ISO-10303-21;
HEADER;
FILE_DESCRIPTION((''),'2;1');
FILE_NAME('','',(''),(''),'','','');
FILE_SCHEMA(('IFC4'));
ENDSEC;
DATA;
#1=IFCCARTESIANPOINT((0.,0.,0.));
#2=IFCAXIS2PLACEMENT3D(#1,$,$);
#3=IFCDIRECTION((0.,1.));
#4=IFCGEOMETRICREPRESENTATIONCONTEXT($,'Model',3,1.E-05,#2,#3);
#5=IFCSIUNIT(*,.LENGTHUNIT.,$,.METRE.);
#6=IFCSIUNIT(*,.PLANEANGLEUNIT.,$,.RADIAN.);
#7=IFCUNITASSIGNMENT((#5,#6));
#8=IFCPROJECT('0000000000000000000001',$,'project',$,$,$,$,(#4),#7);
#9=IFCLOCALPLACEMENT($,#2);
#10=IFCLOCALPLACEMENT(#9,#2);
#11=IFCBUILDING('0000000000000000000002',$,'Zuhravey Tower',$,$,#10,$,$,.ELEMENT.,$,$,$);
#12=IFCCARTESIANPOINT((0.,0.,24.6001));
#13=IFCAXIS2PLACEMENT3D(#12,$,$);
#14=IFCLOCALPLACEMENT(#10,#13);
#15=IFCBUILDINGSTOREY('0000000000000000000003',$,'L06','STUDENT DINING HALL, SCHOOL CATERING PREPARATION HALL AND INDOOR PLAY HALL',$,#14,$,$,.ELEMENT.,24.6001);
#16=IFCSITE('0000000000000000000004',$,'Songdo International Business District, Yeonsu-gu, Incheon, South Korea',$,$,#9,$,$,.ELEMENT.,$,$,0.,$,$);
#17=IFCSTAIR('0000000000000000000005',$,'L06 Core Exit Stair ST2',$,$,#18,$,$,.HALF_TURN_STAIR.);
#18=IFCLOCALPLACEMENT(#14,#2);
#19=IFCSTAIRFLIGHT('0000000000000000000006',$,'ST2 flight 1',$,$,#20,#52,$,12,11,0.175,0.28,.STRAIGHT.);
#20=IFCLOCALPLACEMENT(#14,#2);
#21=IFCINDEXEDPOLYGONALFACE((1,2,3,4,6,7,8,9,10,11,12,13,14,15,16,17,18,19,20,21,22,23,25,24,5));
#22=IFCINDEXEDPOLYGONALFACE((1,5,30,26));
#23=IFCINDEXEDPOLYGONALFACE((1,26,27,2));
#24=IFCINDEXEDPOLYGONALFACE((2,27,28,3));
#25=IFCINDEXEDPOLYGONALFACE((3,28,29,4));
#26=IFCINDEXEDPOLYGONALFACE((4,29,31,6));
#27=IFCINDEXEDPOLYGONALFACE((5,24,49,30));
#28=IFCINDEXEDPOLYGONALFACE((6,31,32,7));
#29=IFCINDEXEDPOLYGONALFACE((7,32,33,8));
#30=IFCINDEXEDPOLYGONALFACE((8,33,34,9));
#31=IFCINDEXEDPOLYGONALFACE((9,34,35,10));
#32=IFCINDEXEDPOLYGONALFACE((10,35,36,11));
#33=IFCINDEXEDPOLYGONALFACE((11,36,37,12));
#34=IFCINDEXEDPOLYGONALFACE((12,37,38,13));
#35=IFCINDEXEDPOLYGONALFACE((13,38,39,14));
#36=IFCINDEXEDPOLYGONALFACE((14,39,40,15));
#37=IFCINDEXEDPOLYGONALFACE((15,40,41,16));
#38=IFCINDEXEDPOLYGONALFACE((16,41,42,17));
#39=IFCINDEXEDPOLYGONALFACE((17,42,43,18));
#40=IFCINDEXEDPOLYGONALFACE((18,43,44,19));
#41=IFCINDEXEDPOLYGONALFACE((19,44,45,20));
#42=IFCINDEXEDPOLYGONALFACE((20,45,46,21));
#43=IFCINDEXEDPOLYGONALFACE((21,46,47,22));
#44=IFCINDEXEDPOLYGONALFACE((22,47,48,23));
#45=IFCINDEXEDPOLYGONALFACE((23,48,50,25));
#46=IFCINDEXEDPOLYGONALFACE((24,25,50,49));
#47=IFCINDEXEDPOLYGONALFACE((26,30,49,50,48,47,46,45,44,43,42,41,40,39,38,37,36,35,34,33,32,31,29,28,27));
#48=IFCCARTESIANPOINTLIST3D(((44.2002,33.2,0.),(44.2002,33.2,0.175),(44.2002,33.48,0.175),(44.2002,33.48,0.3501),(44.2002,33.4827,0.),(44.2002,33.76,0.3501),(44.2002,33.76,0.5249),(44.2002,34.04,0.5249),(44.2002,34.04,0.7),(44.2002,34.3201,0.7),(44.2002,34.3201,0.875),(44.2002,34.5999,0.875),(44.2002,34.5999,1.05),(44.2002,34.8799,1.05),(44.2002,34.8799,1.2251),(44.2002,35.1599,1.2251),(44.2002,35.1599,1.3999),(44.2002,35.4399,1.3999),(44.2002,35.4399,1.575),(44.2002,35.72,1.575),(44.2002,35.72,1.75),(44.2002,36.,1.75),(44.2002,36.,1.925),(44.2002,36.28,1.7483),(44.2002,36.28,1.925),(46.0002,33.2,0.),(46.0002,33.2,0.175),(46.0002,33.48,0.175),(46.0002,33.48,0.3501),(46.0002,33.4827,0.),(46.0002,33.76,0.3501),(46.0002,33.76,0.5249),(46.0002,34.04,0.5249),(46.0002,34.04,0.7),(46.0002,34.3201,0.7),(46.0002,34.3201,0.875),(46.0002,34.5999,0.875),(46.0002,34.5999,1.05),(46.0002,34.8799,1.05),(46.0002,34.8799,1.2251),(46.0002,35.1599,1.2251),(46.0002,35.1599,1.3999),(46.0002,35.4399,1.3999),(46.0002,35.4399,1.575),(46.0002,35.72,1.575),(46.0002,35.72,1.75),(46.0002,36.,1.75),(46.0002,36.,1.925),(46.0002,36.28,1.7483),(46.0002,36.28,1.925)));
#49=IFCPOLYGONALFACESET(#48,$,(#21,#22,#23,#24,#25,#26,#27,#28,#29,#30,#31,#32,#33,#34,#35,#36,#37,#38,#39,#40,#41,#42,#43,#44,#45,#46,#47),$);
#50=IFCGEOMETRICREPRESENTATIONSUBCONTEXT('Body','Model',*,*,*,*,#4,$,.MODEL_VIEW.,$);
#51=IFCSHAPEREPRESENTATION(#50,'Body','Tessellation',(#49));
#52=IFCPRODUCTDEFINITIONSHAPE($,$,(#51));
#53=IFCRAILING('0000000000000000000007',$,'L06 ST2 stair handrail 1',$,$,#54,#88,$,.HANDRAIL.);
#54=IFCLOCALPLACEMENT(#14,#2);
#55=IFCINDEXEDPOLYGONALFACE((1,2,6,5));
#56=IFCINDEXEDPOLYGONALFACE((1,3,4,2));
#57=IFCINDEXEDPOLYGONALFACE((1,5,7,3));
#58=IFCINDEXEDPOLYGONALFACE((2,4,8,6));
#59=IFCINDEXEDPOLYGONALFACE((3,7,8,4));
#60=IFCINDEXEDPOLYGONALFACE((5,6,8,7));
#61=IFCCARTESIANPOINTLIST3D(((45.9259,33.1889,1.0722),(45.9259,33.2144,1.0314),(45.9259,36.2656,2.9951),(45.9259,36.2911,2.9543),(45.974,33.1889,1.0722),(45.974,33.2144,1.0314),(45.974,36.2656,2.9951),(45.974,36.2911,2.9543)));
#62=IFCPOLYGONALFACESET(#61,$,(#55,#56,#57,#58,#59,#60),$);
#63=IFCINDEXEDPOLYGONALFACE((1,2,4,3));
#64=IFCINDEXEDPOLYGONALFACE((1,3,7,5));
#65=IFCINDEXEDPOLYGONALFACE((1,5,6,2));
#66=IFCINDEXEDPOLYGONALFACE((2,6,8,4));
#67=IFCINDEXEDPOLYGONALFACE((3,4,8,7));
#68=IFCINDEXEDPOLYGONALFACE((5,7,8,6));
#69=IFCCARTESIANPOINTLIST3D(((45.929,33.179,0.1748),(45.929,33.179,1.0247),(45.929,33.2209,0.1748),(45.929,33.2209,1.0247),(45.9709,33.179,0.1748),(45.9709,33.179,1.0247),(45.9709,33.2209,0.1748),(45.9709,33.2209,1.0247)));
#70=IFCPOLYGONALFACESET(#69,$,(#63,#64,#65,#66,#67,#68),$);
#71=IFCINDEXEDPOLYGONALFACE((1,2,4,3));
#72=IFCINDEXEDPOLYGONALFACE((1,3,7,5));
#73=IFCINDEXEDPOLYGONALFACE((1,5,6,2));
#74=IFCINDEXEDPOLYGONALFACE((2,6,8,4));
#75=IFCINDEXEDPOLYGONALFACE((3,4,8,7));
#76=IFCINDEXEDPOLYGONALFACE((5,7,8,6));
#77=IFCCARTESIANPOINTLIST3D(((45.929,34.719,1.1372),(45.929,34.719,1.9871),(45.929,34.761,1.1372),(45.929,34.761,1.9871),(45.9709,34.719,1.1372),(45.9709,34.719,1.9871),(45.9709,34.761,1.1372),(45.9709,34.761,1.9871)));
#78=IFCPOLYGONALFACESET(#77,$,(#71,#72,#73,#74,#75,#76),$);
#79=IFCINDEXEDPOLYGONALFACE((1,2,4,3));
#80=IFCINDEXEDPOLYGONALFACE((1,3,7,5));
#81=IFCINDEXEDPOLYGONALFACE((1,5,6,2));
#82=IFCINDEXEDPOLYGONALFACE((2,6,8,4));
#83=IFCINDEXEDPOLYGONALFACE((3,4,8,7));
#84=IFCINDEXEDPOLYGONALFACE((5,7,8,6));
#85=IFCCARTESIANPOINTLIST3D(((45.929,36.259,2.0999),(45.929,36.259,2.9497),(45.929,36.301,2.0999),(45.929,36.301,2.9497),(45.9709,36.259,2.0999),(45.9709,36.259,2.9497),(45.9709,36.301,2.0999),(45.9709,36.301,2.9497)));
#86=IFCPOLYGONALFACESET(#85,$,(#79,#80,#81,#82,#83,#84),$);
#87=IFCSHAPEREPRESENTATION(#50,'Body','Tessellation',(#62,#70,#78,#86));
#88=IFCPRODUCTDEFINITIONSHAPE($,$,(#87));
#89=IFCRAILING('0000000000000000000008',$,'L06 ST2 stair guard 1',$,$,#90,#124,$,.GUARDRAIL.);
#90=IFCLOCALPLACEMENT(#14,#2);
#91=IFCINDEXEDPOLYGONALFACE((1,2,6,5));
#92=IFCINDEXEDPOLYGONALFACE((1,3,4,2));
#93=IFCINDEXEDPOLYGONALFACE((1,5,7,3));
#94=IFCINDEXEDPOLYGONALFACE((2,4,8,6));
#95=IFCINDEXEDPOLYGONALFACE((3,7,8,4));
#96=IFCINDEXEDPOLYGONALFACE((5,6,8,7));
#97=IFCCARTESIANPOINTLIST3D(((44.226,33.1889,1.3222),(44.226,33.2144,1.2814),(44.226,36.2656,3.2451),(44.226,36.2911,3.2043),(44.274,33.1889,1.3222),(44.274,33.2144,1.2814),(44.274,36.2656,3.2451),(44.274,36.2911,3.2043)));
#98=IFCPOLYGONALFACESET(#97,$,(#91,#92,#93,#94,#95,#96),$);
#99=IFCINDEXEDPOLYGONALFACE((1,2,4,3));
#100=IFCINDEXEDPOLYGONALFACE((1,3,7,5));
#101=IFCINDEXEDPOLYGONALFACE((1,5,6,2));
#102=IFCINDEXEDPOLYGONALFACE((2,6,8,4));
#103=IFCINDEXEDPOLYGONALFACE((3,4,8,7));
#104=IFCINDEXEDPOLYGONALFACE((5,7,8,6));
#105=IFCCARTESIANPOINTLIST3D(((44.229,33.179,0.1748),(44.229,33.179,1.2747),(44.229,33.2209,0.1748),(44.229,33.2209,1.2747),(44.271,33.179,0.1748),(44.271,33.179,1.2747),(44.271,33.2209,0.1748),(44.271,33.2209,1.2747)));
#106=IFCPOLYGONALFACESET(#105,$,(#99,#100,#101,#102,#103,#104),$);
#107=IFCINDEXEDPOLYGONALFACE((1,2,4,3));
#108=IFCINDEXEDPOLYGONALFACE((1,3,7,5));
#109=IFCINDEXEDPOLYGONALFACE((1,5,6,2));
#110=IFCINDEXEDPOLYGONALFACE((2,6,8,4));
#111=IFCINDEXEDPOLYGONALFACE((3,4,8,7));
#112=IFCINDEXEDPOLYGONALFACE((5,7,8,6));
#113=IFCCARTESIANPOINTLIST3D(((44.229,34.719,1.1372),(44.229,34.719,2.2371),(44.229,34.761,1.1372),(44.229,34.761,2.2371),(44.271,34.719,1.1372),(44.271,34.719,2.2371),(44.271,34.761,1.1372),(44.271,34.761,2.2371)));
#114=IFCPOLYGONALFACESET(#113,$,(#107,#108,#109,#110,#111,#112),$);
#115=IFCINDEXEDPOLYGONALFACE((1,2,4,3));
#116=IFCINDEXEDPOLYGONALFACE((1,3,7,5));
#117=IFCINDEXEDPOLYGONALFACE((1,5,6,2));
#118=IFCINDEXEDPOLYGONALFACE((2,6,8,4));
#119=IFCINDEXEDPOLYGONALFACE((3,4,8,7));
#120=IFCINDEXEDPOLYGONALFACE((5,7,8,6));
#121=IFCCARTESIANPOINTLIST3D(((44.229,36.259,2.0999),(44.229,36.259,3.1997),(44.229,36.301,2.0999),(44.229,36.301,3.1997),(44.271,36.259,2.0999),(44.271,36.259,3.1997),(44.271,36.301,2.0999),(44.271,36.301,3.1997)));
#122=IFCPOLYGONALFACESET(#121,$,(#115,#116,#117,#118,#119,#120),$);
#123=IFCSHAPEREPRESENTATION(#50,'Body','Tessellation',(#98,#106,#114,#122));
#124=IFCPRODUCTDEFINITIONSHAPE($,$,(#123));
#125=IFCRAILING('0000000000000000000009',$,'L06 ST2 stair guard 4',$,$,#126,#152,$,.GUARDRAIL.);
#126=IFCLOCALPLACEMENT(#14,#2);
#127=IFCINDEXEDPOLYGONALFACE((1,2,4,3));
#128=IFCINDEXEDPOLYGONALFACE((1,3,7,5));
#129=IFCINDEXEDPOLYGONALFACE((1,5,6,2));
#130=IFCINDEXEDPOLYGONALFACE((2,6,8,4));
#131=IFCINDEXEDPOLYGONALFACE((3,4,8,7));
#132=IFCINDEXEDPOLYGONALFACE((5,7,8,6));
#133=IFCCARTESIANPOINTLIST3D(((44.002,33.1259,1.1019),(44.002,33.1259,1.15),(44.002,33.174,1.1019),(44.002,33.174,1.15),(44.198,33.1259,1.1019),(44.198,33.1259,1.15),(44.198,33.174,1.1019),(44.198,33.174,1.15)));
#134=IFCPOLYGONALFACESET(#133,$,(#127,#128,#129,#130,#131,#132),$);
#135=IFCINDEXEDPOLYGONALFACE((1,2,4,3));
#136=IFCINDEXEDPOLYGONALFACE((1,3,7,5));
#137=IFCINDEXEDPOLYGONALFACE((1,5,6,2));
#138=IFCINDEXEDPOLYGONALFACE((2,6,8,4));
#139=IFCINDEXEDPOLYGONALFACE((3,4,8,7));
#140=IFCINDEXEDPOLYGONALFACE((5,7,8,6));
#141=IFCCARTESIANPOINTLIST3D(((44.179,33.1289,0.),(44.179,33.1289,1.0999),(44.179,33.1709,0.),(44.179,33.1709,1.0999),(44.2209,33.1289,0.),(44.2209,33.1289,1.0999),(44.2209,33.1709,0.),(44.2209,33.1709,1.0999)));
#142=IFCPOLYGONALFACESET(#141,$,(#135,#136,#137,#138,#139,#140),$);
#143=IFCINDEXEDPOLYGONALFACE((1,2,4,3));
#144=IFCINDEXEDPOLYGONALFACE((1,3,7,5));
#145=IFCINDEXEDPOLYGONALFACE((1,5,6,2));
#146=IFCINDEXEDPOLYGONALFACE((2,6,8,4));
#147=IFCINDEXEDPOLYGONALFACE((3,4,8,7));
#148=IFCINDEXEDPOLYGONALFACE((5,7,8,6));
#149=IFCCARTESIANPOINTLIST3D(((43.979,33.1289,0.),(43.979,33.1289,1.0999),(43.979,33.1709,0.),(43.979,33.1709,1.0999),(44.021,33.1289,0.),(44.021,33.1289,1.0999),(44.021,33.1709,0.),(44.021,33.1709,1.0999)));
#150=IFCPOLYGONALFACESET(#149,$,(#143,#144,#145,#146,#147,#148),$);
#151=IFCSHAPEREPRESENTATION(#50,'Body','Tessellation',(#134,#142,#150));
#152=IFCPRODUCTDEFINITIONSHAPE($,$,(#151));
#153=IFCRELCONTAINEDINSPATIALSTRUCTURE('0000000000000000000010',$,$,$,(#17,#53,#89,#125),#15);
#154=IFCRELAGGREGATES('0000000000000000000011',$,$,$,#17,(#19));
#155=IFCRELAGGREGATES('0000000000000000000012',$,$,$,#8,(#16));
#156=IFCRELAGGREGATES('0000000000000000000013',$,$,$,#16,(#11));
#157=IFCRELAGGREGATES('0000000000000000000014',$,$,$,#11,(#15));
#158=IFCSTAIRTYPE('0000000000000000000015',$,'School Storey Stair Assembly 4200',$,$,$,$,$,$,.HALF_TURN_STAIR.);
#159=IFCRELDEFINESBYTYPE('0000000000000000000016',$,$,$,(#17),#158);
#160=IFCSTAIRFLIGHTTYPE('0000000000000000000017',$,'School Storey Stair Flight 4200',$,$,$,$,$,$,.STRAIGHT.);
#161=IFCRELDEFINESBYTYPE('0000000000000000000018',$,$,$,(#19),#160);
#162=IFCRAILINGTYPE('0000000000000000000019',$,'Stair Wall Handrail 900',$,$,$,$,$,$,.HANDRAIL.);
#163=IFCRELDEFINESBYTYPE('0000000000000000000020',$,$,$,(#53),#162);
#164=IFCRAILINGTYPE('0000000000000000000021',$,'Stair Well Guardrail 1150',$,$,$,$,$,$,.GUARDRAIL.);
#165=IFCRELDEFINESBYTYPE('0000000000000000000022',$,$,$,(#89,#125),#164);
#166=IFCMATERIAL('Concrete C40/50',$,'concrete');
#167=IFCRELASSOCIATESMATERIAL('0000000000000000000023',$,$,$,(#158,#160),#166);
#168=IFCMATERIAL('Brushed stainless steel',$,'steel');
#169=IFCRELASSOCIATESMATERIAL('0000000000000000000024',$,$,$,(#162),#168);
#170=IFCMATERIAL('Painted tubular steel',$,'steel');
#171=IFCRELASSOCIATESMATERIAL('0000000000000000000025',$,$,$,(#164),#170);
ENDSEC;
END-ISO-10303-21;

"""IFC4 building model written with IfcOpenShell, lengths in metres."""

from ifc_helpers import new_model, si_unit, direction, frame, origin, origin_2d, place, context, subcontext, project, spatial, polyline, rectangle, outline, extrude, material, type_object, element, aggregate, save


model = new_model("IFC4")

# Units and contexts
model_context = context("Model", 3, precision=1e-05, world=origin(), true_north=direction((0.0, 1.0)))
body_context = subcontext(model_context, "Body", "Model", "MODEL_VIEW")
ifc_project = project(units=[si_unit("LENGTHUNIT", "METRE"), si_unit("PLANEANGLEUNIT", "RADIAN")], contexts=[model_context])

# Site, building, storey
site_placement = place(None, origin())
site = spatial("IfcSite", under=ifc_project, at=site_placement, Name="Songdo International Business District, Yeonsu-gu, Incheon, South Korea", CompositionType="ELEMENT", RefElevation=0.0)
building_placement = place(site_placement, origin())
building = spatial("IfcBuilding", under=site, at=building_placement, Name="Zuhravey Tower", CompositionType="ELEMENT")
storey_placement = place(building_placement, frame((0.0, 0.0, 24.6001)))
storey = spatial("IfcBuildingStorey", under=building, at=storey_placement, Name="L06", Description="STUDENT DINING HALL, SCHOOL CATERING PREPARATION HALL AND INDOOR PLAY HALL", CompositionType="ELEMENT", Elevation=24.6001)

# Shared definitions
ifc_material_1 = material(Name="Brushed stainless steel", Category="steel")

# Stair, stair flight
ifc_material_2 = material(Name="Concrete C40/50", Category="concrete")
stair_type = type_object("IfcStairType", Name="School Storey Stair Assembly 4200", PredefinedType="HALF_TURN_STAIR", material=ifc_material_2)
stair_placement = place(storey_placement, origin())
stair = element("IfcStair", 1, at=stair_placement, inside=storey, type_object=stair_type, Name="L06 Core Exit Stair ST2", PredefinedType="HALF_TURN_STAIR")
stair_flight_type = type_object("IfcStairFlightType", Name="School Storey Stair Flight 4200", PredefinedType="STRAIGHT", material=ifc_material_2)
stair_flight_placement = place(storey_placement, frame((45.1001, 33.2, 0.0), z_axis=(0.0, 0.0, 1.0), x_axis=(0.0, 1.0, 0.0)))
stair_flight = element("IfcStairFlight", 2, at=stair_flight_placement, type_object=stair_flight_type, Name="ST2 flight 1", NumberOfRisers=12, NumberOfTreads=11, PredefinedType="STRAIGHT", RiserHeight=0.175, TreadLength=0.28, context=body_context, shape_type="SweptSolid", body=[
    extrude(outline(polyline([(0.0, 0.0), (0.0, 0.175), (0.28, 0.175), (0.28, 0.3501), (0.5601, 0.3501), (0.5601, 0.5249), (0.8401, 0.5249), (0.8401, 0.7), (1.1201, 0.7), (1.1201, 0.875), (1.3999, 0.875), (1.3999, 1.05), (1.6799, 1.05), (1.6799, 1.2251), (1.96, 1.2251), (1.96, 1.3999), (2.24, 1.3999), (2.24, 1.575), (2.52, 1.575), (2.52, 1.75), (2.8, 1.75), (2.8, 1.925), (3.0801, 1.925), (3.0801, 2.1001), (3.0801, 1.7483), (0.2827, 0.0), (0.0, 0.0)])), frame((0.0, 0.8999, 0.0), z_axis=(0.0, -1.0, 0.0), x_axis=(1.0, 0.0, 0.0)), (0.0, 0.0, 1.0), 1.8),
])
aggregate(stair, [stair_flight])

# Railings
railing_type_1 = type_object("IfcRailingType", Name="Stair Wall Handrail 900", PredefinedType="HANDRAIL", material=ifc_material_1)
railing_1_placement = place(storey_placement, frame((45.95, 33.2, 0.1748)))
element("IfcRailing", 3, at=railing_1_placement, inside=storey, type_object=railing_type_1, Name="L06 ST2 stair handrail 1", PredefinedType="HANDRAIL", context=body_context, shape_type="SweptSolid", body=[
    extrude(rectangle(XDim=0.0481, YDim=0.0481, at=origin_2d()), frame((0.0, 0.0017, 0.877), z_axis=(0.0, 0.847998, 0.529999), x_axis=(-1.0, 0.0, 0.0)), (0.0, 0.0, 1.0), 3.6282),
    extrude(rectangle(XDim=0.042, YDim=0.042, at=origin_2d()), origin(), (0.0, 0.0, 1.0), 0.8499),
    extrude(rectangle(XDim=0.042, YDim=0.042, at=origin_2d()), frame((0.0, 1.54, 0.9624)), (0.0, 0.0, 1.0), 0.8499),
    extrude(rectangle(XDim=0.042, YDim=0.042, at=origin_2d()), frame((0.0, 3.0801, 1.925)), (0.0, 0.0, 1.0), 0.8499),
])
ifc_material_3 = material(Name="Painted tubular steel", Category="steel")
railing_type_2 = type_object("IfcRailingType", Name="Stair Well Guardrail 1150", PredefinedType="GUARDRAIL", material=ifc_material_3)
railing_2_placement = place(storey_placement, frame((44.25, 33.2, 0.1748)))
element("IfcRailing", 4, at=railing_2_placement, inside=storey, type_object=railing_type_2, Name="L06 ST2 stair guard 1", PredefinedType="GUARDRAIL", context=body_context, shape_type="SweptSolid", body=[
    extrude(rectangle(XDim=0.0481, YDim=0.0481, at=origin_2d()), frame((0.0, 0.0017, 1.127), z_axis=(0.0, 0.847998, 0.529999), x_axis=(-1.0, 0.0, 0.0)), (0.0, 0.0, 1.0), 3.6282),
    extrude(rectangle(XDim=0.042, YDim=0.042, at=origin_2d()), origin(), (0.0, 0.0, 1.0), 1.0999),
    extrude(rectangle(XDim=0.042, YDim=0.042, at=origin_2d()), frame((0.0, 1.54, 0.9624)), (0.0, 0.0, 1.0), 1.0999),
    extrude(rectangle(XDim=0.042, YDim=0.042, at=origin_2d()), frame((0.0, 3.0801, 1.925)), (0.0, 0.0, 1.0), 1.0999),
])
railing_3_placement = place(storey_placement, frame((44.2, 33.1499, 0.0)))
element("IfcRailing", 5, at=railing_3_placement, inside=storey, type_object=railing_type_2, Name="L06 ST2 stair guard 4", PredefinedType="GUARDRAIL", context=body_context, shape_type="SweptSolid", body=[
    extrude(rectangle(XDim=0.0481, YDim=0.0481, at=origin_2d()), frame((-0.002, 0.0, 1.126), z_axis=(-1.0, 0.0, 0.0), x_axis=(0.0, -1.0, 0.0)), (0.0, 0.0, 1.0), 0.196),
    extrude(rectangle(XDim=0.042, YDim=0.042, at=origin_2d()), origin(), (0.0, 0.0, 1.0), 1.0999),
    extrude(rectangle(XDim=0.042, YDim=0.042, at=origin_2d()), frame((-0.2, 0.0, 0.0)), (0.0, 0.0, 1.0), 1.0999),
])

save(model, "model.ifc")
